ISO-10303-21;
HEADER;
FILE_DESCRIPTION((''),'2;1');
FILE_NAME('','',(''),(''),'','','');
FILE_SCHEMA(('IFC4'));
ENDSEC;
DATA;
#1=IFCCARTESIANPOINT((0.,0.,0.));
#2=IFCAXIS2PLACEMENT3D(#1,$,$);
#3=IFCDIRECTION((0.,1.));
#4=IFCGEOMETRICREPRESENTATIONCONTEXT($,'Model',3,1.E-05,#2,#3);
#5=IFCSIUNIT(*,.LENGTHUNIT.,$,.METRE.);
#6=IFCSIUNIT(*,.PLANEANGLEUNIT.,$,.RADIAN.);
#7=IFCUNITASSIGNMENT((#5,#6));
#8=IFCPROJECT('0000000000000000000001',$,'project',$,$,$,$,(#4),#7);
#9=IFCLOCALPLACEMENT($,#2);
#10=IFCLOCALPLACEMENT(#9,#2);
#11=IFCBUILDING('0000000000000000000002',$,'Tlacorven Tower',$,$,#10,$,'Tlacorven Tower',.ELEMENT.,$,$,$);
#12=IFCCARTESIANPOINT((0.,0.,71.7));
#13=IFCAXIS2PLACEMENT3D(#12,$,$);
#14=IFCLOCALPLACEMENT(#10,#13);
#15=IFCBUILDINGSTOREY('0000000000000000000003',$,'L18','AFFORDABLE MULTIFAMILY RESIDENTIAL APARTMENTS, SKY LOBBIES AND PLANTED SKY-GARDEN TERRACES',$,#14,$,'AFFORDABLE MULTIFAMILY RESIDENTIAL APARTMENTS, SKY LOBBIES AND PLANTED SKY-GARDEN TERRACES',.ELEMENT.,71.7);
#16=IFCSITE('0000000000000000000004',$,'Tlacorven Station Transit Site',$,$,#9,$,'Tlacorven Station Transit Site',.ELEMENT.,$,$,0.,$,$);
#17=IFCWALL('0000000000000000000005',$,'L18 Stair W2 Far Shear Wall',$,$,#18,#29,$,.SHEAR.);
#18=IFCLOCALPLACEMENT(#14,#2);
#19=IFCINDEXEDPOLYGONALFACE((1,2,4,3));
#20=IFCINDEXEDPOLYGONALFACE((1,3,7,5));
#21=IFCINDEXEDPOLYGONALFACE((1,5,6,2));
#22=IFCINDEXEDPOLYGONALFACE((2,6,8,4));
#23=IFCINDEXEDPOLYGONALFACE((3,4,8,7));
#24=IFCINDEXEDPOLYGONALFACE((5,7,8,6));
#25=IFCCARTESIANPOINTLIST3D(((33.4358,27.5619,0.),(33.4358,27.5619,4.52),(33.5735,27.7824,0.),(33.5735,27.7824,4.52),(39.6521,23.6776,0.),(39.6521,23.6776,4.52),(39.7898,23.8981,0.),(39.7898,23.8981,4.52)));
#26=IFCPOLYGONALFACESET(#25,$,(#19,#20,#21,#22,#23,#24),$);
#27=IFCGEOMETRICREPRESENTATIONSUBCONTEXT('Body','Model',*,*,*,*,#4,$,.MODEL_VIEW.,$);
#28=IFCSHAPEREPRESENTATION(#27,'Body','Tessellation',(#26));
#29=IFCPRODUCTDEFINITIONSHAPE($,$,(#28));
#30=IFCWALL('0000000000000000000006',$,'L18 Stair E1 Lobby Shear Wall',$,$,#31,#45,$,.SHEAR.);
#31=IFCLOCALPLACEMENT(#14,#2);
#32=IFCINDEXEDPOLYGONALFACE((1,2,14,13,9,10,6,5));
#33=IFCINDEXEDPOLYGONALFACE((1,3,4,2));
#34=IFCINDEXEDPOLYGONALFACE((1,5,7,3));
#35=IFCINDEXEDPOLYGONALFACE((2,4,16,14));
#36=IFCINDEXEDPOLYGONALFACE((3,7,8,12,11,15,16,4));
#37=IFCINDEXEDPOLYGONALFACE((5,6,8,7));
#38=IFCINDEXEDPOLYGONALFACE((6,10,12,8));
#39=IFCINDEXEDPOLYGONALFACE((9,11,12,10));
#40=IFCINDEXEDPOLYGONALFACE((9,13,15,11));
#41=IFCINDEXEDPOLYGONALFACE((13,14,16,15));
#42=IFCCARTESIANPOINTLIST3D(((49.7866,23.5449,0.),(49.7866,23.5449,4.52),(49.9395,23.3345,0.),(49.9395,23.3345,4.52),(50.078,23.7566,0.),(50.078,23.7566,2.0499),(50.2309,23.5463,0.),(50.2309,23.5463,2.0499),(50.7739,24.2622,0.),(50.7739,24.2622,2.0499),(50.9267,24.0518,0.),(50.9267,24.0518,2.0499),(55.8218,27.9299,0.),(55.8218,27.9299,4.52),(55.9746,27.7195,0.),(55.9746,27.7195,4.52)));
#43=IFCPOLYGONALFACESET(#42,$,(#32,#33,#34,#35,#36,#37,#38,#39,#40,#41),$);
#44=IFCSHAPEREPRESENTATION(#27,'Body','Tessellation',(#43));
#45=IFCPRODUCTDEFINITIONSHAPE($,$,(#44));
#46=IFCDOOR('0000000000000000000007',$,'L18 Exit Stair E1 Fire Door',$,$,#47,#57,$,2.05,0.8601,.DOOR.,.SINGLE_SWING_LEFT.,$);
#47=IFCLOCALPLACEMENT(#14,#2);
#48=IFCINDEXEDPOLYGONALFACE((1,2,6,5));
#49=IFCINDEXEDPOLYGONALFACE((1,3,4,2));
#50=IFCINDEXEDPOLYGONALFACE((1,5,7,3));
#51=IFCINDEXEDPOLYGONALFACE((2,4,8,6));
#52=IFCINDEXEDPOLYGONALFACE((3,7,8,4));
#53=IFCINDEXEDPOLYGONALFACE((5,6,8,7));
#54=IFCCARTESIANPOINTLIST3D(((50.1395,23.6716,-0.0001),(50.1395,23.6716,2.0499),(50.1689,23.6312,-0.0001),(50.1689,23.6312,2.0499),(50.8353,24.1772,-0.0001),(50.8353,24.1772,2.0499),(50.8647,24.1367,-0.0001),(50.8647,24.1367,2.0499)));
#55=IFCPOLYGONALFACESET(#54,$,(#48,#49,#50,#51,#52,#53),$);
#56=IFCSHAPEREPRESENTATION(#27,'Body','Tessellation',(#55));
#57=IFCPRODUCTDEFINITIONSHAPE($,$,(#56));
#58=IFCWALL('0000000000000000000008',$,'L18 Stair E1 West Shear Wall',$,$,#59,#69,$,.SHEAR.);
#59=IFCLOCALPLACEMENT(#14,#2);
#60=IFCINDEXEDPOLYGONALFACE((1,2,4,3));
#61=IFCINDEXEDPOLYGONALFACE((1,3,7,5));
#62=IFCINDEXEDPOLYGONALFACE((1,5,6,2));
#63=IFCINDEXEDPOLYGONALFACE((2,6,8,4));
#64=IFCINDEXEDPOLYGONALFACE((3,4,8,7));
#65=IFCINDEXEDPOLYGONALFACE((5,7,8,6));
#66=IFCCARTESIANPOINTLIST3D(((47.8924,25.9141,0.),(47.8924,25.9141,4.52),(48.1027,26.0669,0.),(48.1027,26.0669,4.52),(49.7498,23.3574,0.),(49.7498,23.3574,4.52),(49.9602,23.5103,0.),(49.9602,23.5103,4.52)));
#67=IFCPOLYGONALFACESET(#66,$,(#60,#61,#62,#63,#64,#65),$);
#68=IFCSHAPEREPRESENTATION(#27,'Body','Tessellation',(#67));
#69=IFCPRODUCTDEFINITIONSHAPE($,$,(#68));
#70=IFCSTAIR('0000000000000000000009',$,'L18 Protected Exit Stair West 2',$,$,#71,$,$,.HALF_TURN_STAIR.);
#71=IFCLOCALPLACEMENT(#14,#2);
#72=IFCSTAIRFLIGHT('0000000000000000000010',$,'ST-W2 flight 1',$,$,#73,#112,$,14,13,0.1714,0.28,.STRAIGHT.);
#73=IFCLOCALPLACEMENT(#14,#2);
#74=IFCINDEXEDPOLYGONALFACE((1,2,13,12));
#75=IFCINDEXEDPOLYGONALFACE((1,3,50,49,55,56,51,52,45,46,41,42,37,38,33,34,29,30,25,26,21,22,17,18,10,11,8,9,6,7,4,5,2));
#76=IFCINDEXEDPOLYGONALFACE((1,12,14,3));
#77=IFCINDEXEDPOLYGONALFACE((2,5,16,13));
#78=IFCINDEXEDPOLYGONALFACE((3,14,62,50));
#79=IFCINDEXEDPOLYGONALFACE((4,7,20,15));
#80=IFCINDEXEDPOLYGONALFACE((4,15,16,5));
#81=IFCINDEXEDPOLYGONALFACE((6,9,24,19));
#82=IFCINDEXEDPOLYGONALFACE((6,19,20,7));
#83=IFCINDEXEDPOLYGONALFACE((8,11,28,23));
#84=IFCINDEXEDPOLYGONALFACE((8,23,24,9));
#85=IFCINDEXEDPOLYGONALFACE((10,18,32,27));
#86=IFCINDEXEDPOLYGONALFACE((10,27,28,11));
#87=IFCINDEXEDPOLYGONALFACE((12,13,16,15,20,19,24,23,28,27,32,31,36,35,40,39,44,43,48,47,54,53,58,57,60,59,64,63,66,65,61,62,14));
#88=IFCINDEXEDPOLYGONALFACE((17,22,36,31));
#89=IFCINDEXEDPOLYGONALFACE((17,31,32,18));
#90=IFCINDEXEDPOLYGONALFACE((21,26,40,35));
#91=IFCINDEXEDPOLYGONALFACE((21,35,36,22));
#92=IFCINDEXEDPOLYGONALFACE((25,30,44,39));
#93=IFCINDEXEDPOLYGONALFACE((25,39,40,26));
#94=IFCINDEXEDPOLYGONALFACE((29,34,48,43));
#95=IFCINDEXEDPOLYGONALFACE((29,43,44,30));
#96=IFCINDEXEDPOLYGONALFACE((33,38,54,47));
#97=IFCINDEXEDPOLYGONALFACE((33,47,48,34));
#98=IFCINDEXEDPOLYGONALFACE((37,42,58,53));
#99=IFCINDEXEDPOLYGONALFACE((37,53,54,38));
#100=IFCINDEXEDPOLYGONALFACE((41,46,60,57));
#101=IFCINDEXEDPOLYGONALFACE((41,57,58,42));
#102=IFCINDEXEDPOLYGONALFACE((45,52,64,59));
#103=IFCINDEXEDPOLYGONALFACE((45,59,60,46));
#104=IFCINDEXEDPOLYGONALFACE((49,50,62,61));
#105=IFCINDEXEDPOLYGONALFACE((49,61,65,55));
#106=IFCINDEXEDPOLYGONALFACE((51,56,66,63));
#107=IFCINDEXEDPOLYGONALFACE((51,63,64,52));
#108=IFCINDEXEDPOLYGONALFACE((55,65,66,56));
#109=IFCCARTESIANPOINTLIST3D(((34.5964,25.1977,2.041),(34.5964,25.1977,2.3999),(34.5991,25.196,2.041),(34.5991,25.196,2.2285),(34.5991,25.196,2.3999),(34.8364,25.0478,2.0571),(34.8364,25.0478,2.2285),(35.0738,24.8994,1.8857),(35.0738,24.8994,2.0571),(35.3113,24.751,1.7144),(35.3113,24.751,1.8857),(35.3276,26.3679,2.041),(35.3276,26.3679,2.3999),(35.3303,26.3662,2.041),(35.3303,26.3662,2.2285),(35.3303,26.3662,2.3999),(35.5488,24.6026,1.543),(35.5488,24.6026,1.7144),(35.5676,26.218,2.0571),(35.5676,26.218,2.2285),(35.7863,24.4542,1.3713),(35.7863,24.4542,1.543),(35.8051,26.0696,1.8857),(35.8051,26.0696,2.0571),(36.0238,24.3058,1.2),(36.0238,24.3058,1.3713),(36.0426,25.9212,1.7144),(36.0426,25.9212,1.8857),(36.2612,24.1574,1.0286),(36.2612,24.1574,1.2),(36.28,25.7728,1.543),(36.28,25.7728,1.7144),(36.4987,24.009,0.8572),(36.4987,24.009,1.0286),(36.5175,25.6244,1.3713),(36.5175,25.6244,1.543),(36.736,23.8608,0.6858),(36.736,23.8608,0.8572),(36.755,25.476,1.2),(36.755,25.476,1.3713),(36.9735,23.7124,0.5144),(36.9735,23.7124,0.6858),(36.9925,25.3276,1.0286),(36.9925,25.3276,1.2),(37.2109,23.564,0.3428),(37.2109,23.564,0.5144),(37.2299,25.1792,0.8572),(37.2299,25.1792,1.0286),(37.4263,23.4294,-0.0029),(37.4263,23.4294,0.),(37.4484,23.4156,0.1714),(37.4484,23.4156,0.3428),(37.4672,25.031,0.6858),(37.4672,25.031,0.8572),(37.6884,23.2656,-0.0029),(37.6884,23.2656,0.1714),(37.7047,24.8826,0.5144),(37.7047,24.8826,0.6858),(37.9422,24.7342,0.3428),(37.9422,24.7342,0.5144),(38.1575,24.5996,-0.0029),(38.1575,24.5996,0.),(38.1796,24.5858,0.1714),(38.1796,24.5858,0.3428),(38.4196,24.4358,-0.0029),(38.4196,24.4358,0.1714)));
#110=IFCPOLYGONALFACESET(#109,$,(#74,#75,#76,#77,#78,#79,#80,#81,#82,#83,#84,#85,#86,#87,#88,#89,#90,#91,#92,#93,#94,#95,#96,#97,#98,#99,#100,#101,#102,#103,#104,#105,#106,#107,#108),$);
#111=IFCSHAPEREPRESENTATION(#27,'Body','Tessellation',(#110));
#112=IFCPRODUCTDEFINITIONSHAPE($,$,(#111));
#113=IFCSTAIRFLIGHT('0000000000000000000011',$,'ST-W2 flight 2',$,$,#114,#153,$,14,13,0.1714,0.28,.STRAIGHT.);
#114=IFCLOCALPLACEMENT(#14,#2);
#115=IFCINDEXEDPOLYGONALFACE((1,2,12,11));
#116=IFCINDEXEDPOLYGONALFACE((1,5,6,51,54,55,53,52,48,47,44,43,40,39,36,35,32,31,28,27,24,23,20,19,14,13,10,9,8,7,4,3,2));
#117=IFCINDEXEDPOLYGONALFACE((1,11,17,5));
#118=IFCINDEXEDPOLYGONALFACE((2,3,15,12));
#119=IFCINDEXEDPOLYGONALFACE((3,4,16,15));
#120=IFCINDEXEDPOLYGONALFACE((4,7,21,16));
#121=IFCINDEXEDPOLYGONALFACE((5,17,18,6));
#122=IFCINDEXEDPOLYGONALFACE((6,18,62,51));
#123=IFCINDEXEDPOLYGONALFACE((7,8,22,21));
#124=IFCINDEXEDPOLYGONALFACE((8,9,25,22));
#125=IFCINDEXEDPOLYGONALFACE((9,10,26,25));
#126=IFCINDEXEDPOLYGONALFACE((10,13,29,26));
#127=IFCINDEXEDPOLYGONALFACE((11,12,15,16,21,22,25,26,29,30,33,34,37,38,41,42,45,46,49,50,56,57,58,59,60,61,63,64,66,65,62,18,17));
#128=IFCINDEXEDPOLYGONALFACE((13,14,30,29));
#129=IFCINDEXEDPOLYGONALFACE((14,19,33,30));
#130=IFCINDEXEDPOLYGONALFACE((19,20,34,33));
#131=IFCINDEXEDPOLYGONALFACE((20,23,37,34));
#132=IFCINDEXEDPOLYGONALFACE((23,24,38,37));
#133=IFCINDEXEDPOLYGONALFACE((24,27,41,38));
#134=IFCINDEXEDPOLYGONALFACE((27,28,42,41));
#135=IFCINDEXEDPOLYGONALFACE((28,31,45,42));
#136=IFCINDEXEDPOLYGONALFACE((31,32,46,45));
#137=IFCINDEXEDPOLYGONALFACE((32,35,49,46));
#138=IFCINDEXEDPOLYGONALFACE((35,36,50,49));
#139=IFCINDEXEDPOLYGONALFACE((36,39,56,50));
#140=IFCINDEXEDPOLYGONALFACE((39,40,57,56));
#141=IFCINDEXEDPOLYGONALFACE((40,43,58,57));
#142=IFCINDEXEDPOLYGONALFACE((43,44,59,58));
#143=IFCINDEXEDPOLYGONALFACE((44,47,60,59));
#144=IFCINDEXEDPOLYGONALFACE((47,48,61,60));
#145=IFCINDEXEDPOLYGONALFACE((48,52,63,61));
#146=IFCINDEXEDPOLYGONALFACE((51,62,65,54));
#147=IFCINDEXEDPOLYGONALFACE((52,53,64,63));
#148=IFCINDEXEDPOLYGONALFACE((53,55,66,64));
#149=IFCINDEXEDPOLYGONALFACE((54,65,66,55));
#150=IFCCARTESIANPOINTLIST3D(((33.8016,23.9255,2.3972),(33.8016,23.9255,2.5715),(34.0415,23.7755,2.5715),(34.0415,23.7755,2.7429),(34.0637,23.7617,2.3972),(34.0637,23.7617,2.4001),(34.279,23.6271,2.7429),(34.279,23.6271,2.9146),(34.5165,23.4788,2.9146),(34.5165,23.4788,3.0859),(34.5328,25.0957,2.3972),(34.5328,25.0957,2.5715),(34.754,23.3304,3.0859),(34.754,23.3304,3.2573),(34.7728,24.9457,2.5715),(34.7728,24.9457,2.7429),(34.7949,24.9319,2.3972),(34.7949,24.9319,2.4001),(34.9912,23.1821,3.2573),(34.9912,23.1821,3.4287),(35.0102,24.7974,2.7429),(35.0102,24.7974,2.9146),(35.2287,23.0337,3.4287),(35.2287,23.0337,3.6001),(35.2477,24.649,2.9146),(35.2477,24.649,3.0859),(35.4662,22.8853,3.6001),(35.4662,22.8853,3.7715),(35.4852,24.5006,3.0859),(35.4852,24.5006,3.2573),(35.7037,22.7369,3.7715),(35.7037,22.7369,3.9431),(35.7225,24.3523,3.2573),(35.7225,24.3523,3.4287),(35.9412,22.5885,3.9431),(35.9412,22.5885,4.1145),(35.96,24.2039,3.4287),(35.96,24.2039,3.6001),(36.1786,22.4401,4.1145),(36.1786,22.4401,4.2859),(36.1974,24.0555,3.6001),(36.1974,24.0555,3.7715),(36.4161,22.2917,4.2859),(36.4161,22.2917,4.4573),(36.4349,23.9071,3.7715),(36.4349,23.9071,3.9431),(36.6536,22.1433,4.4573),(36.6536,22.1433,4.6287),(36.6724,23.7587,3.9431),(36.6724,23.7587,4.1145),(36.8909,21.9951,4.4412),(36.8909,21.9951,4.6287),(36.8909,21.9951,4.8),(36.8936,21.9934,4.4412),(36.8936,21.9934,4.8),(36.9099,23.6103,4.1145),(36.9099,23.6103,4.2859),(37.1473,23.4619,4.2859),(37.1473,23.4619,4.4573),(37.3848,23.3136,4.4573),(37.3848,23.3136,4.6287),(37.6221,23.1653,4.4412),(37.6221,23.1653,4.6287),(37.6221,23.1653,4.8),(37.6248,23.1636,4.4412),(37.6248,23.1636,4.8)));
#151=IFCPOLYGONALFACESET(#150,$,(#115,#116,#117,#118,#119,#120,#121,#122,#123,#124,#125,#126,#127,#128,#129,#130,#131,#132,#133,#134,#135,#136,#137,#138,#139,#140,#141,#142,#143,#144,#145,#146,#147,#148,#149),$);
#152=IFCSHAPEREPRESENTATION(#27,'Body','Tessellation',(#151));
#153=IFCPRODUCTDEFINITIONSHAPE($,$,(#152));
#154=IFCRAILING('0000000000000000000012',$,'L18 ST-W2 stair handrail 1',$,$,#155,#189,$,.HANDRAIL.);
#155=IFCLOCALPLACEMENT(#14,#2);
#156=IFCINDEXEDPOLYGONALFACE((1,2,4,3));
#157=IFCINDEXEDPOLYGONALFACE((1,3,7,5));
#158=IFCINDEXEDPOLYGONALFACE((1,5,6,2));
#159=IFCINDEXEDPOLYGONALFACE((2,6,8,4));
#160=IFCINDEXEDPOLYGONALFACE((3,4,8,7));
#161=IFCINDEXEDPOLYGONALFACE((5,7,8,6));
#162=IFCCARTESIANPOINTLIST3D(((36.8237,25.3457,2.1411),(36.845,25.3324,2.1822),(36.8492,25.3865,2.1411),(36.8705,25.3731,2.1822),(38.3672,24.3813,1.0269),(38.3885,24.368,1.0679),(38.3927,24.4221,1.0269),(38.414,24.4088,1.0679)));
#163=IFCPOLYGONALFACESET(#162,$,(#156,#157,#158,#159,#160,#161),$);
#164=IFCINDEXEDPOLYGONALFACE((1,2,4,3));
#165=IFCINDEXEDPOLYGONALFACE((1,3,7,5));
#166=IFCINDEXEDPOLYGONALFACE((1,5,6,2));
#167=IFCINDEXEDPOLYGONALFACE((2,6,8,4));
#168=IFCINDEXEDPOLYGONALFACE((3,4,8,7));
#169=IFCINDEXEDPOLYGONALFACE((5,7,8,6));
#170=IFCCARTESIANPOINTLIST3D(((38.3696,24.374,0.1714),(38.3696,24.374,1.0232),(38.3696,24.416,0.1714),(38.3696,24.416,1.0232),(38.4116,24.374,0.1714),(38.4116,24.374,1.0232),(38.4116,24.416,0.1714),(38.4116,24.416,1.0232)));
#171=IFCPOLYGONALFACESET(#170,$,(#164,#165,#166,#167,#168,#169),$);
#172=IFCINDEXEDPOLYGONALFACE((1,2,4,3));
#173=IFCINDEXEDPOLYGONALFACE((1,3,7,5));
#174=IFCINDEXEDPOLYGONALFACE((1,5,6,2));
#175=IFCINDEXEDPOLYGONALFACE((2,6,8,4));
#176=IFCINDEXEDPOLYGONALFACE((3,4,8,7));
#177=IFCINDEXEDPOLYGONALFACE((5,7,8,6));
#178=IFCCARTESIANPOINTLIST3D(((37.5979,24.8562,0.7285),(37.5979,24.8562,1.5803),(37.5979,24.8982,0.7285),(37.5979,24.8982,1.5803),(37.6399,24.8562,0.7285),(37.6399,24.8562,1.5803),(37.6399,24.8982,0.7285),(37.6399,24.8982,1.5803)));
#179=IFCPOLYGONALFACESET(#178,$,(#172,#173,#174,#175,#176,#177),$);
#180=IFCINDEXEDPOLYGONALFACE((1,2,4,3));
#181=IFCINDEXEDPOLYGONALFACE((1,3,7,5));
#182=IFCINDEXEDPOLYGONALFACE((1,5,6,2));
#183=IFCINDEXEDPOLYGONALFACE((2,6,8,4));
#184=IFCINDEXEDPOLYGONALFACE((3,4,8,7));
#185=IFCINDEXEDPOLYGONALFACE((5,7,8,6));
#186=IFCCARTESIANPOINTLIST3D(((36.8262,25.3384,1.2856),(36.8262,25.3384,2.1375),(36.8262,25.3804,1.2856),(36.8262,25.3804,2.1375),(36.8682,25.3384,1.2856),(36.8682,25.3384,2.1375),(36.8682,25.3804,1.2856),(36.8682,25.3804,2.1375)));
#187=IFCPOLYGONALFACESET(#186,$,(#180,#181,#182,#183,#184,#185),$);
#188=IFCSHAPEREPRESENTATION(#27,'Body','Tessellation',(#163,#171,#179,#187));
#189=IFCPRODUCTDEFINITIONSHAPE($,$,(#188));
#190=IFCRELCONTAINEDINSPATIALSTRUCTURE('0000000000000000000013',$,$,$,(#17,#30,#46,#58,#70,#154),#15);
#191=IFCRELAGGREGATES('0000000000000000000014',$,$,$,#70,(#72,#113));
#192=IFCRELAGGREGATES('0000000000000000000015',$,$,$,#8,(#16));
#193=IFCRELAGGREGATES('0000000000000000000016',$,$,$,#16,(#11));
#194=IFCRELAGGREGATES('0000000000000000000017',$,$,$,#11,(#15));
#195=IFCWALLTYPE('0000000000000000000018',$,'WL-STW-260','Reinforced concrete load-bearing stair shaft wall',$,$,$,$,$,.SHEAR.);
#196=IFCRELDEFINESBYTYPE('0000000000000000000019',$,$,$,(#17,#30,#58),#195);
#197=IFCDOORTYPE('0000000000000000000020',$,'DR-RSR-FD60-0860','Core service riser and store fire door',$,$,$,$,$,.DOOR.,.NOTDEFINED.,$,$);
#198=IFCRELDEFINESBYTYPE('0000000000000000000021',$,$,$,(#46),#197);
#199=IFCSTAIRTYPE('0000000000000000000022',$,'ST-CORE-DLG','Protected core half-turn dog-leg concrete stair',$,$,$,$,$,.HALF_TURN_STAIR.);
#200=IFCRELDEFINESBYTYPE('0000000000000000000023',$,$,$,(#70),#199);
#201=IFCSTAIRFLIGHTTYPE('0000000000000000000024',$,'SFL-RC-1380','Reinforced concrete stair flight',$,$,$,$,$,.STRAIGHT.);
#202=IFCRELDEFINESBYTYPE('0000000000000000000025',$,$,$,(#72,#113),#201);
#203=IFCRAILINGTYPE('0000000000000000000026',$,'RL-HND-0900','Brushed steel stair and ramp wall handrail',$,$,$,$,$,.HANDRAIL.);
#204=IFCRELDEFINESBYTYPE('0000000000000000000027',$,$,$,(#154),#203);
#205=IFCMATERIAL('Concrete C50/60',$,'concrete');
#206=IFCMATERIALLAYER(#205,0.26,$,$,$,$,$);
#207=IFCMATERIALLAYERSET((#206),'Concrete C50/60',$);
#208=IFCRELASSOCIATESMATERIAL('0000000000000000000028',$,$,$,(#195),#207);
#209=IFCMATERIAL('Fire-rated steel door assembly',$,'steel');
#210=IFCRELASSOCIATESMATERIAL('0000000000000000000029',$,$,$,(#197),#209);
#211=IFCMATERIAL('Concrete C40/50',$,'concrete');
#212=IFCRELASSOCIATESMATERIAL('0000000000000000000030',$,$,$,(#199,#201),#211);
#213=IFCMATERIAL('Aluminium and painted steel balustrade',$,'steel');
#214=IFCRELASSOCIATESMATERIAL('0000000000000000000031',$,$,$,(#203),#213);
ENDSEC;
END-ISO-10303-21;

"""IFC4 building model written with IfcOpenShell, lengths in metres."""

from ifc_helpers import new_model, si_unit, direction, frame, frame_2d, origin, origin_2d, place, context, subcontext, project, spatial, polyline, rectangle, outline, extrude, source, transform, mapped, material, layer, layer_set, type_object, element, fill, aggregate, save


model = new_model("IFC4")

# Units and contexts
model_context = context("Model", 3, precision=1e-05, world=origin(), true_north=direction((0.0, 1.0)))
body_context = subcontext(model_context, "Body", "Model", "MODEL_VIEW")
ifc_project = project(units=[si_unit("LENGTHUNIT", "METRE"), si_unit("PLANEANGLEUNIT", "RADIAN")], contexts=[model_context])

# Site, building, storey
site_placement = place(None, origin())
site = spatial("IfcSite", under=ifc_project, at=site_placement, Name="Tlacorven Station Transit Site", LongName="Tlacorven Station Transit Site", CompositionType="ELEMENT", RefElevation=0.0)
building_placement = place(site_placement, origin())
building = spatial("IfcBuilding", under=site, at=building_placement, Name="Tlacorven Tower", LongName="Tlacorven Tower", CompositionType="ELEMENT")
storey_placement = place(building_placement, frame((0.0, 0.0, 71.7)))
storey = spatial("IfcBuildingStorey", under=building, at=storey_placement, Name="L18", Description="AFFORDABLE MULTIFAMILY RESIDENTIAL APARTMENTS, SKY LOBBIES AND PLANTED SKY-GARDEN TERRACES", LongName="AFFORDABLE MULTIFAMILY RESIDENTIAL APARTMENTS, SKY LOBBIES AND PLANTED SKY-GARDEN TERRACES", CompositionType="ELEMENT", Elevation=71.7)

# Shared definitions
ifc_material_1 = material(Name="Concrete C40/50", Category="concrete")
ifc_material_2 = material(Name="Fire-rated steel door assembly", Category="steel")

# Wall
ifc_material_3 = material(Name="Concrete C50/60", Category="concrete")
ifc_layer_1 = layer(ifc_material_3, 0.26)
ifc_layer_set_1 = layer_set([ifc_layer_1], Name="Concrete C50/60")
wall_type_1 = type_object("IfcWallType", Name="WL-STW-260", Description="Reinforced concrete load-bearing stair shaft wall", PredefinedType="SHEAR", material=ifc_layer_set_1)
wall_1_placement = place(storey_placement, frame((39.7209, 23.7878, 0.0), z_axis=(0.0, 0.0, 1.0), x_axis=(-0.848054, 0.529909, 0.0)))
element("IfcWall", 1, at=wall_1_placement, inside=storey, type_object=wall_type_1, Name="L18 Stair W2 Far Shear Wall", PredefinedType="SHEAR", context=body_context, shape_type="SweptSolid", body=[
    extrude(rectangle(XDim=7.3301, YDim=0.26, at=frame_2d((3.665, 0.0))), origin(), (0.0, 0.0, 1.0), 4.52),
])

# Wall, opening, door
wall_2_placement = place(storey_placement, frame((49.863, 23.4397, 0.0), z_axis=(0.0, 0.0, 1.0), x_axis=(0.809003, 0.587804, 0.0)))
wall_2 = element("IfcWall", 2, at=wall_2_placement, inside=storey, type_object=wall_type_1, Name="L18 Stair E1 Lobby Shear Wall", PredefinedType="SHEAR", context=body_context, shape_type="SweptSolid", body=[
    extrude(rectangle(XDim=7.46, YDim=0.26, at=frame_2d((3.73, 0.0))), origin(), (0.0, 0.0, 1.0), 4.52),
])
opening_1_placement = place(wall_2_placement, frame((0.3601, 0.0, 0.0)))
opening_1 = element("IfcOpeningElement", 3, at=opening_1_placement, cuts=wall_2, PredefinedType="OPENING", context=body_context, shape_type="SweptSolid", body=[
    extrude(rectangle(XDim=0.8601, YDim=2.05, at=frame_2d((0.4302, 1.0249))), frame((0.0, 0.1401, 0.0), z_axis=(0.0, -1.0, 0.0), x_axis=(1.0, 0.0, 0.0)), (0.0, 0.0, 1.0), 0.28),
])
door_type_1 = type_object("IfcDoorType", Name="DR-RSR-FD60-0860", Description="Core service riser and store fire door", OperationType="NOTDEFINED", PredefinedType="DOOR", material=ifc_material_2)
shared_shape_1 = source(origin(), body_context, "Body", "SweptSolid", [
    extrude(rectangle(XDim=0.8601, YDim=2.05, at=frame_2d((0.4302, 1.0249))), frame((0.0, 0.0249, 0.0), z_axis=(0.0, -1.0, 0.0), x_axis=(1.0, 0.0, 0.0)), (0.0, 0.0, 1.0), 0.05),
])
door_1_placement = place(opening_1_placement, frame((0.8601, 0.0, 0.0), z_axis=(0.0, 0.0, 1.0), x_axis=(-1.0, 0.0, 0.0)))
door_1 = element("IfcDoor", 4, at=door_1_placement, inside=storey, type_object=door_type_1, Name="L18 Exit Stair E1 Fire Door", OperationType="SINGLE_SWING_LEFT", OverallHeight=2.05, OverallWidth=0.8601, PredefinedType="DOOR", context=body_context, shape_type="MappedRepresentation", body=[
    mapped(shared_shape_1, transform((0.0, 0.0, 0.0), scale=1.0)),
])
fill(opening_1, door_1)

# Wall
wall_3_placement = place(storey_placement, frame((49.855, 23.4338, 0.0), z_axis=(0.0, 0.0, 1.0), x_axis=(-0.587767, 0.80903, 0.0)))
element("IfcWall", 5, at=wall_3_placement, inside=storey, type_object=wall_type_1, Name="L18 Stair E1 West Shear Wall", PredefinedType="SHEAR", context=body_context, shape_type="SweptSolid", body=[
    extrude(rectangle(XDim=3.1602, YDim=0.26, at=frame_2d((1.5801, 0.0))), origin(), (0.0, 0.0, 1.0), 4.52),
])

# Stair, stair flights
stair_type = type_object("IfcStairType", Name="ST-CORE-DLG", Description="Protected core half-turn dog-leg concrete stair", PredefinedType="HALF_TURN_STAIR", material=ifc_material_1)
stair_placement = place(storey_placement, origin())
stair = element("IfcStair", 6, at=stair_placement, inside=storey, type_object=stair_type, Name="L18 Protected Exit Stair West 2", PredefinedType="HALF_TURN_STAIR")
stair_flight_type = type_object("IfcStairFlightType", Name="SFL-RC-1380", Description="Reinforced concrete stair flight", PredefinedType="STRAIGHT", material=ifc_material_1)
shared_shape_2 = source(origin(), body_context, "Body", "SweptSolid", [
    extrude(outline(polyline([(-0.0029, -0.0029), (-0.0029, 0.1714), (0.28, 0.1714), (0.28, 0.3428), (0.5601, 0.3428), (0.5601, 0.5144), (0.8401, 0.5144), (0.8401, 0.6858), (1.1201, 0.6858), (1.1201, 0.8572), (1.3999, 0.8572), (1.3999, 1.0286), (1.6799, 1.0286), (1.6799, 1.2), (1.96, 1.2), (1.96, 1.3713), (2.24, 1.3713), (2.24, 1.543), (2.52, 1.543), (2.52, 1.7144), (2.8, 1.7144), (2.8, 1.8857), (3.0801, 1.8857), (3.0801, 2.0571), (3.3601, 2.0571), (3.3601, 2.2285), (3.6399, 2.2285), (3.6399, 2.3999), (3.6431, 2.3999), (3.6431, 2.041), (3.6399, 2.041), (0.3062, 0.0), (0.3062, -0.0029), (-0.0029, -0.0029)])), frame((0.0, 0.6899, 0.0), z_axis=(0.0, -1.0, 0.0), x_axis=(1.0, 0.0, 0.0)), (0.0, 0.0, 1.0), 1.3799),
])
stair_flight_1_placement = place(storey_placement, frame((38.0515, 23.8523, 0.0), z_axis=(0.0, 0.0, 1.0), x_axis=(-0.848048, 0.529919, 0.0)))
stair_flight_1 = element("IfcStairFlight", 7, at=stair_flight_1_placement, type_object=stair_flight_type, Name="ST-W2 flight 1", NumberOfRisers=14, NumberOfTreads=13, PredefinedType="STRAIGHT", RiserHeight=0.1714, TreadLength=0.28, context=body_context, shape_type="MappedRepresentation", body=[
    mapped(shared_shape_2, transform((0.0, 0.0, 0.0), scale=1.0)),
])
stair_flight_2_placement = place(storey_placement, frame((34.1697, 24.509, 2.4001), z_axis=(0.0, 0.0, 1.0), x_axis=(0.848048, -0.529919, 0.0)))
stair_flight_2 = element("IfcStairFlight", 8, at=stair_flight_2_placement, type_object=stair_flight_type, Name="ST-W2 flight 2", NumberOfRisers=14, NumberOfTreads=13, PredefinedType="STRAIGHT", RiserHeight=0.1714, TreadLength=0.28, context=body_context, shape_type="MappedRepresentation", body=[
    mapped(shared_shape_2, transform((0.0, 0.0, 0.0), scale=1.0)),
])
aggregate(stair, [stair_flight_1, stair_flight_2])

# Railing
ifc_material_4 = material(Name="Aluminium and painted steel balustrade", Category="steel")
railing_type_1 = type_object("IfcRailingType", Name="RL-HND-0900", Description="Brushed steel stair and ramp wall handrail", PredefinedType="HANDRAIL", material=ifc_material_4)
shared_shape_3 = source(origin(), body_context, "Body", "SweptSolid", [
    extrude(rectangle(XDim=0.0481, YDim=0.0481, at=origin_2d()), frame((0.0, 0.0, 0.876), z_axis=(-0.723281, 0.451908, 0.522153), x_axis=(-0.529878, -0.848074, 0.0)), (0.0, 0.0, 1.0), 2.134),
    extrude(rectangle(XDim=0.042, YDim=0.042, at=origin_2d()), origin(), (0.0, 0.0, 1.0), 0.8518),
    extrude(rectangle(XDim=0.042, YDim=0.042, at=origin_2d()), frame((-0.7717, 0.4822, 0.5571)), (0.0, 0.0, 1.0), 0.8518),
    extrude(rectangle(XDim=0.042, YDim=0.042, at=origin_2d()), frame((-1.5435, 0.9644, 1.1143)), (0.0, 0.0, 1.0), 0.8518),
])
railing_1_placement = place(storey_placement, frame((38.3906, 24.395, 0.1714)))
element("IfcRailing", 9, at=railing_1_placement, inside=storey, type_object=railing_type_1, Name="L18 ST-W2 stair handrail 1", PredefinedType="HANDRAIL", context=body_context, shape_type="MappedRepresentation", body=[
    mapped(shared_shape_3, transform((0.0, 0.0, 0.0), scale=1.0)),
])

save(model, "model.ifc")
